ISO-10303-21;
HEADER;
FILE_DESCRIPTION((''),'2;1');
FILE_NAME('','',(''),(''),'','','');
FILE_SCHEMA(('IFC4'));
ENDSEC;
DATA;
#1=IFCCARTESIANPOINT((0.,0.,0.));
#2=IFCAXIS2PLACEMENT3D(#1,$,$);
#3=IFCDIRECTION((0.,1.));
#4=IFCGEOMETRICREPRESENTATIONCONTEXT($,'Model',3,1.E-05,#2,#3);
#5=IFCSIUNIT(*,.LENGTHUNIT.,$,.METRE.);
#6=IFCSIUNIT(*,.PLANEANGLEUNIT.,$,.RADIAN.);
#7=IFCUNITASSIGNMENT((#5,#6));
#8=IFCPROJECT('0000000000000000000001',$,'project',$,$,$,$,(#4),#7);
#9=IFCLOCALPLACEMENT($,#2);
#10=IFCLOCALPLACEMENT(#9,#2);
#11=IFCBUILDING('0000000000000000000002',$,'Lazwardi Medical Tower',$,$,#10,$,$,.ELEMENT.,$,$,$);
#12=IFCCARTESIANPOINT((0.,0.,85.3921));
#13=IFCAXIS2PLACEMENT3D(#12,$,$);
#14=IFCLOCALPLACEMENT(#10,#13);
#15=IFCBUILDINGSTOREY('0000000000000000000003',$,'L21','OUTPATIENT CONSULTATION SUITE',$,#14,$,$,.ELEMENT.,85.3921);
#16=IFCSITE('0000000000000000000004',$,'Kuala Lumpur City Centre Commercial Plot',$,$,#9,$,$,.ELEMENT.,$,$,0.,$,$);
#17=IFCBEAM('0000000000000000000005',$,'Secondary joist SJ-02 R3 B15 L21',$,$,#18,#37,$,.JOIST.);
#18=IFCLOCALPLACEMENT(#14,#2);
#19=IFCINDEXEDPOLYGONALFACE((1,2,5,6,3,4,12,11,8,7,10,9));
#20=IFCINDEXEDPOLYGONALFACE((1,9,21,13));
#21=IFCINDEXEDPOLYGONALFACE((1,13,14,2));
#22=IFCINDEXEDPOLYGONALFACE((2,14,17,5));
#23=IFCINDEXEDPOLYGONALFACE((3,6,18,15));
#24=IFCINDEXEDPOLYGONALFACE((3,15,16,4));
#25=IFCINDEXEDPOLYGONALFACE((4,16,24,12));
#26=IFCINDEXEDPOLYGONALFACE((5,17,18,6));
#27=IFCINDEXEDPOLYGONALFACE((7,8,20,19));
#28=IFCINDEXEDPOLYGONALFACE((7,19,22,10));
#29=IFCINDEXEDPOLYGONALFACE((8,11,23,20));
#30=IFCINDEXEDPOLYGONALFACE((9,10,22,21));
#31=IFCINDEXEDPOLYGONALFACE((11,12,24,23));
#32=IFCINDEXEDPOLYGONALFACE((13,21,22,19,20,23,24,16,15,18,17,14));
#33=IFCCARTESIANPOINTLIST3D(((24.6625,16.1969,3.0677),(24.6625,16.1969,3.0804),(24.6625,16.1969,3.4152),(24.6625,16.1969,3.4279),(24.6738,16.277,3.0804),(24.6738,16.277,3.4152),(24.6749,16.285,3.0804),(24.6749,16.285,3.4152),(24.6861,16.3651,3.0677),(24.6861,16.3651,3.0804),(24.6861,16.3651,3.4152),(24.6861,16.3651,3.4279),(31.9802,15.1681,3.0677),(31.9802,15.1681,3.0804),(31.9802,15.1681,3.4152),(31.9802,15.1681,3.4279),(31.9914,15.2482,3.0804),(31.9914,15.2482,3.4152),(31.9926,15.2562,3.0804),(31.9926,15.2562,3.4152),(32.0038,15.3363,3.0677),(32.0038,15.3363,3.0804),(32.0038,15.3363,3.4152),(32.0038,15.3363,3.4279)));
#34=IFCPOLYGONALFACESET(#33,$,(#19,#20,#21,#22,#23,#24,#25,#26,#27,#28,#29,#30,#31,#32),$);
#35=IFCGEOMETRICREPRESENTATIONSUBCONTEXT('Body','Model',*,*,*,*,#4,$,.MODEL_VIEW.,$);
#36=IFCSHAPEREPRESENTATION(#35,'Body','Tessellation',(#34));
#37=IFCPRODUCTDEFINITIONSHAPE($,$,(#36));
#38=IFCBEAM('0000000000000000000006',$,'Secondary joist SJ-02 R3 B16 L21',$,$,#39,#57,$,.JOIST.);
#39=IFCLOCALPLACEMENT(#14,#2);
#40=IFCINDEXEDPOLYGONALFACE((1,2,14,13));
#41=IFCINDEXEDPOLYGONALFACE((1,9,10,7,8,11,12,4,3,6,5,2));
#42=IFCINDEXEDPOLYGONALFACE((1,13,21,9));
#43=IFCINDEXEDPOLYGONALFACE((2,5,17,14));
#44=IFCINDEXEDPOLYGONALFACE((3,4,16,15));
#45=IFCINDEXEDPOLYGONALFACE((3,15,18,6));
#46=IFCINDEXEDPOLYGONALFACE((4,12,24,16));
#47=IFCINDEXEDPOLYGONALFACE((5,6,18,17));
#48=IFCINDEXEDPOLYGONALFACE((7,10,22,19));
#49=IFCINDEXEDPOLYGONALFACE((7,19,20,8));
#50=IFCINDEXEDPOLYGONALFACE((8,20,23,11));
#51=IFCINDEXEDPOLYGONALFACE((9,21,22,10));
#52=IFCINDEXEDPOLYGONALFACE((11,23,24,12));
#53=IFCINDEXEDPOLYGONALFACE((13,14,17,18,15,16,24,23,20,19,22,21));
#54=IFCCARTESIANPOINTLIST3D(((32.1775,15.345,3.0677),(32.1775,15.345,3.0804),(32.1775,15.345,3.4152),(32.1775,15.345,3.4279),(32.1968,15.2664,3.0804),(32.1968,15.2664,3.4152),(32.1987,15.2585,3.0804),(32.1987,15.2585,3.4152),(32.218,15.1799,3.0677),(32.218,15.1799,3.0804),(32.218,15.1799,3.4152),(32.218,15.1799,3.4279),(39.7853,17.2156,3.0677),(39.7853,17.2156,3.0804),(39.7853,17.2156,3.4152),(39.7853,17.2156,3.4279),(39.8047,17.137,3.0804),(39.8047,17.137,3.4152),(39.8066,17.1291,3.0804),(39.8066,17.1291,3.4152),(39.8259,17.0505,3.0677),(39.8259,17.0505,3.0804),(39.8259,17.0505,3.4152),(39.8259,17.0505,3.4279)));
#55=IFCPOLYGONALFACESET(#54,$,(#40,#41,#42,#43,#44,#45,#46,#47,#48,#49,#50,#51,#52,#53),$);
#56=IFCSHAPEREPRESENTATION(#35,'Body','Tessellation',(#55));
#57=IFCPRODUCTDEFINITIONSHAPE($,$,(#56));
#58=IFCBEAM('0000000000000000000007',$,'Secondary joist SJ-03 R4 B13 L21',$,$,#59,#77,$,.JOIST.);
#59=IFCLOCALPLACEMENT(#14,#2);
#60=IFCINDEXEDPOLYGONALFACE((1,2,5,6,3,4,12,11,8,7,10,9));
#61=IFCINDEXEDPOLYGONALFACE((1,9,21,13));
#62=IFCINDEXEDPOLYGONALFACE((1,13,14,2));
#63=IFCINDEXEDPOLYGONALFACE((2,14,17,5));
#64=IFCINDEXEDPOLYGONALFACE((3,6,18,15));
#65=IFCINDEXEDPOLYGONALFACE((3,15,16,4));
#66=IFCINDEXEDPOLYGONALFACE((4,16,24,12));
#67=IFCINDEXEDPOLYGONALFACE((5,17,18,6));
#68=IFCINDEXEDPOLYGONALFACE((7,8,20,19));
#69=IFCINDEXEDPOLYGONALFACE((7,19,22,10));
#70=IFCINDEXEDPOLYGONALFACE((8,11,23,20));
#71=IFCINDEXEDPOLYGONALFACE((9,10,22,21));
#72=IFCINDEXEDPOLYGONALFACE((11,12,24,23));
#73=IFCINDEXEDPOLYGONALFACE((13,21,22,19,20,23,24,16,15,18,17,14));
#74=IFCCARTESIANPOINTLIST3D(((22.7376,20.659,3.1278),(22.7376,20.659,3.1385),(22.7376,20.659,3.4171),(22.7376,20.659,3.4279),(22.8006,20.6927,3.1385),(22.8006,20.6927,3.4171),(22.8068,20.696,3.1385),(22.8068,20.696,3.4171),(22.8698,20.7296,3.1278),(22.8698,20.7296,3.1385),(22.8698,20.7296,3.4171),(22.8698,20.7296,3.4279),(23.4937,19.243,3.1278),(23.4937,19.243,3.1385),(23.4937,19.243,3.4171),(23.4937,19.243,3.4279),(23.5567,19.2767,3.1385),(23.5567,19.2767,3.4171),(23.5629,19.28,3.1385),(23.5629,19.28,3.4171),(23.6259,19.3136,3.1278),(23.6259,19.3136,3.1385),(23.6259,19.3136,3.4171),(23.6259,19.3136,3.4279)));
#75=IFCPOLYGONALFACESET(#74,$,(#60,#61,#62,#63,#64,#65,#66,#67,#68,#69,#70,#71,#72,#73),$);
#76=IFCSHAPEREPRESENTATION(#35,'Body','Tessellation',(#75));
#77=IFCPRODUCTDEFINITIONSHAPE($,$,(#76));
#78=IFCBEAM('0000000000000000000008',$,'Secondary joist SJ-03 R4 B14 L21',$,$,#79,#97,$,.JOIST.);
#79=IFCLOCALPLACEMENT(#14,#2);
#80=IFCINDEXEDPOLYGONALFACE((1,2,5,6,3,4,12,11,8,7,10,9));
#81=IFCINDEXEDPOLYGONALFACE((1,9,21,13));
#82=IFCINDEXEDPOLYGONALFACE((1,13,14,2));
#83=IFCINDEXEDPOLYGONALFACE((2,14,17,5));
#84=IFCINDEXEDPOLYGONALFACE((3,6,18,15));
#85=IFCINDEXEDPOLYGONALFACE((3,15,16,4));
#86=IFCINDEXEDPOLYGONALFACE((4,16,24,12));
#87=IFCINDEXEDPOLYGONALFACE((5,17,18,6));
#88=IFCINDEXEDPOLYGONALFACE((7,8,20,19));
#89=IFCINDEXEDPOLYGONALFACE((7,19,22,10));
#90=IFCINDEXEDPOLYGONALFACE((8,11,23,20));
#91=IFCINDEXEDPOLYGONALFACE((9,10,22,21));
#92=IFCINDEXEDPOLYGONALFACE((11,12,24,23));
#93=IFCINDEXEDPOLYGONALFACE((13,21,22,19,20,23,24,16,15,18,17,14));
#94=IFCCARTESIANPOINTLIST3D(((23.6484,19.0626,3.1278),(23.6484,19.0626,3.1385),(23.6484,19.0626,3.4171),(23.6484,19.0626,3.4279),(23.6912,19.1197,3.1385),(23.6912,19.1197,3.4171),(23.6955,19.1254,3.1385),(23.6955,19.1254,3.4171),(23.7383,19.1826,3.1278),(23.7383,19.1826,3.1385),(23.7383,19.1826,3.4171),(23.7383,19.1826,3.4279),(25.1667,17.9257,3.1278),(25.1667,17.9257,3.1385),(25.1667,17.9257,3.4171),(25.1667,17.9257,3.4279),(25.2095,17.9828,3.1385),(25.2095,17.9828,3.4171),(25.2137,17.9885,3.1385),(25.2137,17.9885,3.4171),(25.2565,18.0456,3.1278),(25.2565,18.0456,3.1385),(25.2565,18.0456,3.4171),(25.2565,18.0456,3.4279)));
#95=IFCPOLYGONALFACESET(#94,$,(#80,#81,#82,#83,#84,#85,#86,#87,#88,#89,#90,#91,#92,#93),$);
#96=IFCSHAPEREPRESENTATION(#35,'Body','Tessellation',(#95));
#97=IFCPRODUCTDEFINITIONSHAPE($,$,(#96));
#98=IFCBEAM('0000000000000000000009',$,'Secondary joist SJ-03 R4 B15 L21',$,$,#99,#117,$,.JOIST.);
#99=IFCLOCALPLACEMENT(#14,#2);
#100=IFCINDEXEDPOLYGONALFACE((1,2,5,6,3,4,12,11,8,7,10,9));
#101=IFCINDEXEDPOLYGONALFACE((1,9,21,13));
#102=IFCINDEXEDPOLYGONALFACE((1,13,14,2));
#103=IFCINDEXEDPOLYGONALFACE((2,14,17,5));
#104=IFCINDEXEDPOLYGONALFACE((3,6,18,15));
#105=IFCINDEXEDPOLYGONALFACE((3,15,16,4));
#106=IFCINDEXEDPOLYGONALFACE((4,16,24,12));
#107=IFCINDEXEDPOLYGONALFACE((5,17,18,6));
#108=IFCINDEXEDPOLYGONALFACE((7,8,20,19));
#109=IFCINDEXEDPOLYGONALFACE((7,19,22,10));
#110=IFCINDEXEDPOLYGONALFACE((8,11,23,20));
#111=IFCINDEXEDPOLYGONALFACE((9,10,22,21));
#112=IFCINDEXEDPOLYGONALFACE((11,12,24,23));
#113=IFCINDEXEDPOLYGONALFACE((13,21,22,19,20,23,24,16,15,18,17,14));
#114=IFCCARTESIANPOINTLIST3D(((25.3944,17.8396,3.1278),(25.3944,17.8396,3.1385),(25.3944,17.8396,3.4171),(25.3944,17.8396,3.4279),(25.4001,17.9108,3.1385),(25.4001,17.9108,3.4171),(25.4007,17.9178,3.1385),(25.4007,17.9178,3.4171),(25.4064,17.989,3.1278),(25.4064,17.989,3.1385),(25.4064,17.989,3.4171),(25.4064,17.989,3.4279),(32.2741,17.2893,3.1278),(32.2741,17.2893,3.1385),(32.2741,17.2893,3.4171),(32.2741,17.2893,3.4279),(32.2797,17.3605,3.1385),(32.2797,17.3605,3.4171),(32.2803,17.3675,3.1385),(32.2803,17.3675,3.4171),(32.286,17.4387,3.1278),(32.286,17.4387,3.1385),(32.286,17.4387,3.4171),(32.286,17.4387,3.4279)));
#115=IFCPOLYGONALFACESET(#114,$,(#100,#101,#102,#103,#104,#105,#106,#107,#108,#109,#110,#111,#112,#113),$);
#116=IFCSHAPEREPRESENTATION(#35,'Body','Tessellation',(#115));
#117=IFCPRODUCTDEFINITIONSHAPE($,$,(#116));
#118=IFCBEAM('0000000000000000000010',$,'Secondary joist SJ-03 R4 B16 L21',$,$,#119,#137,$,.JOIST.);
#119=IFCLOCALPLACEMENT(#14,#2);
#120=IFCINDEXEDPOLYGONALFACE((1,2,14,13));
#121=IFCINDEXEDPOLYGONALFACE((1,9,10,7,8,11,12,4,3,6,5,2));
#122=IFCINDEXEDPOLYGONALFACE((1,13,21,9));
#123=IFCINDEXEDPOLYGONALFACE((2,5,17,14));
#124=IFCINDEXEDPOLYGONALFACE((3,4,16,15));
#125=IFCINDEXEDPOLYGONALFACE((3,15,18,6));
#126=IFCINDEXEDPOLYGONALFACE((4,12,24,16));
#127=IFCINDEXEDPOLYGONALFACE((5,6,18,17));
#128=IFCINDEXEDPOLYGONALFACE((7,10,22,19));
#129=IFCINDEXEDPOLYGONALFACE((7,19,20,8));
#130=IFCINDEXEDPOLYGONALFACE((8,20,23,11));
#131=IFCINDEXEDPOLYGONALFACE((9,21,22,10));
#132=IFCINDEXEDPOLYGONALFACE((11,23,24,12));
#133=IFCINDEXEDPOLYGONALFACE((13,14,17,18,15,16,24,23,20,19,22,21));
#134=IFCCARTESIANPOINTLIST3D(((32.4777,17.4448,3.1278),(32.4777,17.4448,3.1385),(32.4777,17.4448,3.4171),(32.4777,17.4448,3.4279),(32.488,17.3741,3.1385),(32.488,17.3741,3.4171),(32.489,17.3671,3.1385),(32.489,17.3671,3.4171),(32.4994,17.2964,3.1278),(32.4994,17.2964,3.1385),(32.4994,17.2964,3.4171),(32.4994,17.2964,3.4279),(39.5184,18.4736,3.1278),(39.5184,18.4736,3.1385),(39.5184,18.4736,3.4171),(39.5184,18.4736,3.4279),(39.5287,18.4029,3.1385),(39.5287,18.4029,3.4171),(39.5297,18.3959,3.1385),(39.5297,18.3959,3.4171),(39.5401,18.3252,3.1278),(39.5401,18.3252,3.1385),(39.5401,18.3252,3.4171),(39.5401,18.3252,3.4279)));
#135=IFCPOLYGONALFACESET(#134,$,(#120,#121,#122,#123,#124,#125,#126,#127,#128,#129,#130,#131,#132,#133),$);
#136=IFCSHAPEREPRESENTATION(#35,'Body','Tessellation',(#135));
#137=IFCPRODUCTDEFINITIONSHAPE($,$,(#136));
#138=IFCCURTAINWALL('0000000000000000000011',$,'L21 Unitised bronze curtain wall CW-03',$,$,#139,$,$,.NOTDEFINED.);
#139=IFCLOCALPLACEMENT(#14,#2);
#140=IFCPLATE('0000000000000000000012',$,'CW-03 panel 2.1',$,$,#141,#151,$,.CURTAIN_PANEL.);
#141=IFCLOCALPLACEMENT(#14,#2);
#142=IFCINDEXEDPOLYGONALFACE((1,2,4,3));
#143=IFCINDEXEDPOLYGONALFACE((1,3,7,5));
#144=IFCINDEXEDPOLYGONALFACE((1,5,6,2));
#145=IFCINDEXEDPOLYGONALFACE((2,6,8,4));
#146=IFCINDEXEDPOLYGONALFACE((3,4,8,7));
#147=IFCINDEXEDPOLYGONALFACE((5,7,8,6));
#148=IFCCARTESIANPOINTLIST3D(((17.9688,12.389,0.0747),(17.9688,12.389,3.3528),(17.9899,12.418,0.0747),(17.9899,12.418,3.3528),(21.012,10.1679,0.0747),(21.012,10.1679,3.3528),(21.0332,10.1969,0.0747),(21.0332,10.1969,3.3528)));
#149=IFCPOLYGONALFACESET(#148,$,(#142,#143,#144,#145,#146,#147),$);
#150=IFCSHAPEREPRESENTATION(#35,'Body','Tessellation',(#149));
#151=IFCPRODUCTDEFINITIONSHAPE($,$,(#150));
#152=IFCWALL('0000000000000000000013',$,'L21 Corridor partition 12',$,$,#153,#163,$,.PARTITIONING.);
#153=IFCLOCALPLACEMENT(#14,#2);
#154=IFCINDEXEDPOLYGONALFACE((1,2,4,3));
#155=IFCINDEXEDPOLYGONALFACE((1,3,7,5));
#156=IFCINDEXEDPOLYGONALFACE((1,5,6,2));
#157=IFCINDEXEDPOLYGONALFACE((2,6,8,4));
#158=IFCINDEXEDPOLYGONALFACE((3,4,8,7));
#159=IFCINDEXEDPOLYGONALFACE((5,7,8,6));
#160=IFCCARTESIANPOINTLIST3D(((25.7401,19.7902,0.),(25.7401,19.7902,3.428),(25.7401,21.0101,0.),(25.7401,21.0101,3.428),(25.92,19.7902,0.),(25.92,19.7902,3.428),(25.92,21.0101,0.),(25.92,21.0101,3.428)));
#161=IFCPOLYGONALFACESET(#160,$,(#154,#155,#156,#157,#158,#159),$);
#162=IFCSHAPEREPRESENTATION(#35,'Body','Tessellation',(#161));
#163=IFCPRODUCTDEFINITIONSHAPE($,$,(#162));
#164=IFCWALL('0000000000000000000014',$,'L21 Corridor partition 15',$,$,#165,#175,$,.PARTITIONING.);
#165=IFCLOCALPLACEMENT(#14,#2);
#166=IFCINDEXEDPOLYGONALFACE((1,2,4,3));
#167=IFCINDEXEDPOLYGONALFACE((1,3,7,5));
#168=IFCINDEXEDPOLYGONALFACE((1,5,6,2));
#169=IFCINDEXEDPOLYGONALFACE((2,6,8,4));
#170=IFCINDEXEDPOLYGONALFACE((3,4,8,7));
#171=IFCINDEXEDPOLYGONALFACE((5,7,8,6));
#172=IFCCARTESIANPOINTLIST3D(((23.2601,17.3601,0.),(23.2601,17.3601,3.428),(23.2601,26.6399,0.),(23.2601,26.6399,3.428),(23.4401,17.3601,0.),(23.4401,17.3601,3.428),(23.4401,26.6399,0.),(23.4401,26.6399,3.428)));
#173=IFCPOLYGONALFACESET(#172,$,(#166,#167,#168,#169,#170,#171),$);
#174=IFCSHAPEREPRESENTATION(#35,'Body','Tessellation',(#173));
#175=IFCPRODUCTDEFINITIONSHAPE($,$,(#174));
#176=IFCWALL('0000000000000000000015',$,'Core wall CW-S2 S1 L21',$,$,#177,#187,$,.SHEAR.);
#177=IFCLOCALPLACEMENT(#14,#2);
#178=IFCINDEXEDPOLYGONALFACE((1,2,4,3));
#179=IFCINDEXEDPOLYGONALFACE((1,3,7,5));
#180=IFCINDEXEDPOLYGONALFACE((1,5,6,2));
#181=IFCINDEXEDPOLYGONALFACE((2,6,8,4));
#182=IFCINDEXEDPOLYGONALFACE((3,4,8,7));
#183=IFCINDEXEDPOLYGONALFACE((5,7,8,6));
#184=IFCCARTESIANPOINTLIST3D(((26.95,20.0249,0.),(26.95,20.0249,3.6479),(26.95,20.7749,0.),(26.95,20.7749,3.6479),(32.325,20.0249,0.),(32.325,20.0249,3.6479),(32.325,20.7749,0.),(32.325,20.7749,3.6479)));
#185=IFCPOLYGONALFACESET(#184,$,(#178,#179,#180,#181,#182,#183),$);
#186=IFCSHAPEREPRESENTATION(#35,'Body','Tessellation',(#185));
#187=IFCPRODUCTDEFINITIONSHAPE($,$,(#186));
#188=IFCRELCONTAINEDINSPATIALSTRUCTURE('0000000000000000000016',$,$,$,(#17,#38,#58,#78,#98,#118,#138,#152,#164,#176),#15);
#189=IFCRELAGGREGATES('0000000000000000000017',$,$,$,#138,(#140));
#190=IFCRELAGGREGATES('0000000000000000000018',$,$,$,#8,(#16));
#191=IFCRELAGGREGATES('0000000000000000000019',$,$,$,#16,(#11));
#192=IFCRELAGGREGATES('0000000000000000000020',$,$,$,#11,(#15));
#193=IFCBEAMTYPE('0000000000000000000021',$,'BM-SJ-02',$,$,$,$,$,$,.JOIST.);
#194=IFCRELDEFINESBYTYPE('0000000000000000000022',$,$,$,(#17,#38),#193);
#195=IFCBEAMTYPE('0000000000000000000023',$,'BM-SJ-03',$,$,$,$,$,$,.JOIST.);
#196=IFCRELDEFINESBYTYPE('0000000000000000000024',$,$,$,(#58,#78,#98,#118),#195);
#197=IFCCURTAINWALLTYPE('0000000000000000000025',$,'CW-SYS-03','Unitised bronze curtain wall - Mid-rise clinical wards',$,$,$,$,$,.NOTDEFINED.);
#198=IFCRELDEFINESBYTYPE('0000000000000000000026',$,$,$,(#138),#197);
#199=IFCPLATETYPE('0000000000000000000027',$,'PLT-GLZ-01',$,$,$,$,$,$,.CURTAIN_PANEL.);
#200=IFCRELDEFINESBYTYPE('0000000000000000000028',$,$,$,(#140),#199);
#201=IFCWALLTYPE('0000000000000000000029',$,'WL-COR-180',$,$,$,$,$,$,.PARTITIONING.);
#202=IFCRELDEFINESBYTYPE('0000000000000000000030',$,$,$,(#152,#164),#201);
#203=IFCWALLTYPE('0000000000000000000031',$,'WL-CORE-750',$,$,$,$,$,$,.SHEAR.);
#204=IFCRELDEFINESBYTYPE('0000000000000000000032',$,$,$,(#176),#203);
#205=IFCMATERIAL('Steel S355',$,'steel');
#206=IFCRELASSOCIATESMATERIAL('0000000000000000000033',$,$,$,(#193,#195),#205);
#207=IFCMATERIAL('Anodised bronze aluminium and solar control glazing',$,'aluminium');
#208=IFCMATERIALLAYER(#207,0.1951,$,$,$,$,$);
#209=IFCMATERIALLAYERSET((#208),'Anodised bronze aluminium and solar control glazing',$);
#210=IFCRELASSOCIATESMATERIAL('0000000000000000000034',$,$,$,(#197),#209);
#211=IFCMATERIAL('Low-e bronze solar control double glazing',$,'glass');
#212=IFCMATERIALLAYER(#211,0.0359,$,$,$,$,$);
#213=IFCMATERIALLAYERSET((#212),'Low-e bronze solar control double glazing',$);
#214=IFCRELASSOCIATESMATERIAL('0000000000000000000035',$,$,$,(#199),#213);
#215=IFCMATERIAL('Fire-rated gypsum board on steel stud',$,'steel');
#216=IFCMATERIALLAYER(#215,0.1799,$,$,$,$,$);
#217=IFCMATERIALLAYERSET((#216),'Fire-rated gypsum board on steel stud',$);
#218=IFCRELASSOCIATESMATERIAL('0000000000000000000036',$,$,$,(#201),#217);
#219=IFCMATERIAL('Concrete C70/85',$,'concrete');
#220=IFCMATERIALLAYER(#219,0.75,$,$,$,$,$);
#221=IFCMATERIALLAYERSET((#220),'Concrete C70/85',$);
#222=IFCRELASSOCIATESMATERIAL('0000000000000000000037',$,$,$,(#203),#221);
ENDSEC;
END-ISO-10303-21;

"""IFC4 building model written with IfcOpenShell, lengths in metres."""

from ifc_helpers import new_model, si_unit, direction, frame, frame_2d, origin, origin_2d, place, context, subcontext, project, spatial, rectangle, i_section, extrude, material, layer, layer_set, material_profile, profile_set, type_object, element, aggregate, save


model = new_model("IFC4")

# Units and contexts
model_context = context("Model", 3, precision=1e-05, world=origin(), true_north=direction((0.0, 1.0)))
body_context = subcontext(model_context, "Body", "Model", "MODEL_VIEW")
ifc_project = project(units=[si_unit("LENGTHUNIT", "METRE"), si_unit("PLANEANGLEUNIT", "RADIAN")], contexts=[model_context])

# Site, building, storey
site_placement = place(None, origin())
site = spatial("IfcSite", under=ifc_project, at=site_placement, Name="Kuala Lumpur City Centre Commercial Plot", CompositionType="ELEMENT", RefElevation=0.0)
building_placement = place(site_placement, origin())
building = spatial("IfcBuilding", under=site, at=building_placement, Name="Lazwardi Medical Tower", CompositionType="ELEMENT")
storey_placement = place(building_placement, frame((0.0, 0.0, 85.3921)))
storey = spatial("IfcBuildingStorey", under=building, at=storey_placement, Name="L21", Description="OUTPATIENT CONSULTATION SUITE", CompositionType="ELEMENT", Elevation=85.3921)

# Shared definitions
ifc_material_1 = material(Name="Concrete C70/85", Category="concrete")

# Beams
ifc_material_2 = material(Name="Steel S355", Category="steel")
ifc_material_profile_1 = material_profile(ifc_material_2, i_section(OverallWidth=0.1699, OverallDepth=0.3601, WebThickness=0.0081, FlangeThickness=0.0127, at=origin_2d()), Name="IPE 360")
ifc_profile_set_1 = profile_set([ifc_material_profile_1], Name="Steel S355")
beam_type_1 = type_object("IfcBeamType", Name="BM-SJ-02", PredefinedType="JOIST", material=ifc_profile_set_1)
beam_1_placement = place(storey_placement, frame((24.6743, 16.281, 3.2478), z_axis=(0.990261, -0.139224, 0.0), x_axis=(0.139224, 0.990261, 0.0)))
element("IfcBeam", 1, at=beam_1_placement, inside=storey, type_object=beam_type_1, Name="Secondary joist SJ-02 R3 B15 L21", PredefinedType="JOIST", context=body_context, shape_type="SweptSolid", body=[
    extrude(i_section(OverallWidth=0.1699, OverallDepth=0.3601, WebThickness=0.0081, FlangeThickness=0.0127, at=origin_2d()), origin(), (0.0, 0.0, 1.0), 7.3896),
])
beam_2_placement = place(storey_placement, frame((32.1978, 15.2625, 3.2478), z_axis=(0.971077, 0.238765, 0.0), x_axis=(-0.238765, 0.971077, 0.0)))
element("IfcBeam", 2, at=beam_2_placement, inside=storey, type_object=beam_type_1, Name="Secondary joist SJ-02 R3 B16 L21", PredefinedType="JOIST", context=body_context, shape_type="SweptSolid", body=[
    extrude(i_section(OverallWidth=0.1699, OverallDepth=0.3601, WebThickness=0.0081, FlangeThickness=0.0127, at=origin_2d()), origin(), (0.0, 0.0, 1.0), 7.8345),
])
ifc_material_profile_2 = material_profile(ifc_material_2, i_section(OverallWidth=0.1499, OverallDepth=0.3, WebThickness=0.0071, FlangeThickness=0.0107, at=origin_2d()), Name="IPE 300")
ifc_profile_set_2 = profile_set([ifc_material_profile_2], Name="Steel S355")
beam_type_2 = type_object("IfcBeamType", Name="BM-SJ-03", PredefinedType="JOIST", material=ifc_profile_set_2)
beam_3_placement = place(storey_placement, frame((22.8037, 20.6943, 3.2778), z_axis=(0.471022, -0.882121, 0.0), x_axis=(0.882121, 0.471022, 0.0)))
element("IfcBeam", 3, at=beam_3_placement, inside=storey, type_object=beam_type_2, Name="Secondary joist SJ-03 R4 B13 L21", PredefinedType="JOIST", context=body_context, shape_type="SweptSolid", body=[
    extrude(i_section(OverallWidth=0.1499, OverallDepth=0.3, WebThickness=0.0071, FlangeThickness=0.0107, at=origin_2d()), origin(), (0.0, 0.0, 1.0), 1.6052),
])
beam_4_placement = place(storey_placement, frame((23.6934, 19.1226, 3.2778), z_axis=(0.800448, -0.599403, 0.0), x_axis=(0.599403, 0.800448, 0.0)))
element("IfcBeam", 4, at=beam_4_placement, inside=storey, type_object=beam_type_2, Name="Secondary joist SJ-03 R4 B14 L21", PredefinedType="JOIST", context=body_context, shape_type="SweptSolid", body=[
    extrude(i_section(OverallWidth=0.1499, OverallDepth=0.3, WebThickness=0.0071, FlangeThickness=0.0107, at=origin_2d()), origin(), (0.0, 0.0, 1.0), 1.8967),
])
beam_5_placement = place(storey_placement, frame((25.4004, 17.9143, 3.2778), z_axis=(0.996816, -0.079734, 0.0), x_axis=(0.079734, 0.996816, 0.0)))
element("IfcBeam", 5, at=beam_5_placement, inside=storey, type_object=beam_type_2, Name="Secondary joist SJ-03 R4 B15 L21", PredefinedType="JOIST", context=body_context, shape_type="SweptSolid", body=[
    extrude(i_section(OverallWidth=0.1499, OverallDepth=0.3, WebThickness=0.0071, FlangeThickness=0.0107, at=origin_2d()), origin(), (0.0, 0.0, 1.0), 6.9016),
])
beam_6_placement = place(storey_placement, frame((32.4885, 17.3706, 3.2778), z_axis=(0.989492, 0.144586, 0.0), x_axis=(-0.144586, 0.989492, 0.0)))
element("IfcBeam", 6, at=beam_6_placement, inside=storey, type_object=beam_type_2, Name="Secondary joist SJ-03 R4 B16 L21", PredefinedType="JOIST", context=body_context, shape_type="SweptSolid", body=[
    extrude(i_section(OverallWidth=0.1499, OverallDepth=0.3, WebThickness=0.0071, FlangeThickness=0.0107, at=origin_2d()), origin(), (0.0, 0.0, 1.0), 7.1155),
])

# Curtain wall, plate
ifc_material_3 = material(Name="Anodised bronze aluminium and solar control glazing", Category="aluminium")
ifc_layer_1 = layer(ifc_material_3, 0.1951)
ifc_layer_set_1 = layer_set([ifc_layer_1], Name="Anodised bronze aluminium and solar control glazing")
curtain_wall_type = type_object("IfcCurtainWallType", Name="CW-SYS-03", Description="Unitised bronze curtain wall - Mid-rise clinical wards", PredefinedType="NOTDEFINED", material=ifc_layer_set_1)
curtain_wall_placement = place(storey_placement, origin())
curtain_wall = element("IfcCurtainWall", 7, at=curtain_wall_placement, inside=storey, type_object=curtain_wall_type, Name="L21 Unitised bronze curtain wall CW-03", PredefinedType="NOTDEFINED")
ifc_material_4 = material(Name="Low-e bronze solar control double glazing", Category="glass")
ifc_layer_2 = layer(ifc_material_4, 0.0359)
ifc_layer_set_2 = layer_set([ifc_layer_2], Name="Low-e bronze solar control double glazing")
plate_type = type_object("IfcPlateType", Name="PLT-GLZ-01", PredefinedType="CURTAIN_PANEL", material=ifc_layer_set_2)
plate_placement = place(storey_placement, frame((19.501, 11.293, 0.0747), z_axis=(0.0, 0.0, 1.0), x_axis=(0.807746, -0.589531, 0.0)))
plate = element("IfcPlate", 8, at=plate_placement, type_object=plate_type, Name="CW-03 panel 2.1", PredefinedType="CURTAIN_PANEL", context=body_context, shape_type="SweptSolid", body=[
    extrude(rectangle(XDim=3.7676, YDim=0.0359, at=origin_2d()), origin(), (0.0, 0.0, 1.0), 3.2781),
])
aggregate(curtain_wall, [plate])

# Walls
ifc_material_5 = material(Name="Fire-rated gypsum board on steel stud", Category="steel")
ifc_layer_3 = layer(ifc_material_5, 0.1799)
ifc_layer_set_3 = layer_set([ifc_layer_3], Name="Fire-rated gypsum board on steel stud")
wall_type_1 = type_object("IfcWallType", Name="WL-COR-180", PredefinedType="PARTITIONING", material=ifc_layer_set_3)
wall_1_placement = place(storey_placement, frame((25.8301, 21.01, 0.0), z_axis=(0.0, 0.0, 1.0), x_axis=(0.0, -1.0, 0.0)))
element("IfcWall", 9, at=wall_1_placement, inside=storey, type_object=wall_type_1, Name="L21 Corridor partition 12", PredefinedType="PARTITIONING", context=body_context, shape_type="SweptSolid", body=[
    extrude(rectangle(XDim=1.22, YDim=0.1799, at=frame_2d((0.6099, 0.0))), origin(), (0.0, 0.0, 1.0), 3.428),
])
wall_2_placement = place(storey_placement, frame((23.3501, 17.3601, 0.0), z_axis=(0.0, 0.0, 1.0), x_axis=(0.0, 1.0, 0.0)))
element("IfcWall", 10, at=wall_2_placement, inside=storey, type_object=wall_type_1, Name="L21 Corridor partition 15", PredefinedType="PARTITIONING", context=body_context, shape_type="SweptSolid", body=[
    extrude(rectangle(XDim=9.2798, YDim=0.1799, at=frame_2d((4.6399, 0.0))), origin(), (0.0, 0.0, 1.0), 3.428),
])

# Shared definitions
ifc_layer_4 = layer(ifc_material_1, 0.75)
ifc_layer_set_4 = layer_set([ifc_layer_4], Name="Concrete C70/85")
wall_type_2 = type_object("IfcWallType", Name="WL-CORE-750", PredefinedType="SHEAR", material=ifc_layer_set_4)

# Wall
wall_3_placement = place(storey_placement, frame((26.95, 20.3999, 0.0), z_axis=(0.0, 0.0, 1.0), x_axis=(1.0, 0.0, 0.0)))
element("IfcWall", 11, at=wall_3_placement, inside=storey, type_object=wall_type_2, Name="Core wall CW-S2 S1 L21", PredefinedType="SHEAR", context=body_context, shape_type="SweptSolid", body=[
    extrude(rectangle(XDim=5.375, YDim=0.75, at=frame_2d((2.6875, 0.0))), origin(), (0.0, 0.0, 1.0), 3.6479),
])

save(model, "model.ifc")
